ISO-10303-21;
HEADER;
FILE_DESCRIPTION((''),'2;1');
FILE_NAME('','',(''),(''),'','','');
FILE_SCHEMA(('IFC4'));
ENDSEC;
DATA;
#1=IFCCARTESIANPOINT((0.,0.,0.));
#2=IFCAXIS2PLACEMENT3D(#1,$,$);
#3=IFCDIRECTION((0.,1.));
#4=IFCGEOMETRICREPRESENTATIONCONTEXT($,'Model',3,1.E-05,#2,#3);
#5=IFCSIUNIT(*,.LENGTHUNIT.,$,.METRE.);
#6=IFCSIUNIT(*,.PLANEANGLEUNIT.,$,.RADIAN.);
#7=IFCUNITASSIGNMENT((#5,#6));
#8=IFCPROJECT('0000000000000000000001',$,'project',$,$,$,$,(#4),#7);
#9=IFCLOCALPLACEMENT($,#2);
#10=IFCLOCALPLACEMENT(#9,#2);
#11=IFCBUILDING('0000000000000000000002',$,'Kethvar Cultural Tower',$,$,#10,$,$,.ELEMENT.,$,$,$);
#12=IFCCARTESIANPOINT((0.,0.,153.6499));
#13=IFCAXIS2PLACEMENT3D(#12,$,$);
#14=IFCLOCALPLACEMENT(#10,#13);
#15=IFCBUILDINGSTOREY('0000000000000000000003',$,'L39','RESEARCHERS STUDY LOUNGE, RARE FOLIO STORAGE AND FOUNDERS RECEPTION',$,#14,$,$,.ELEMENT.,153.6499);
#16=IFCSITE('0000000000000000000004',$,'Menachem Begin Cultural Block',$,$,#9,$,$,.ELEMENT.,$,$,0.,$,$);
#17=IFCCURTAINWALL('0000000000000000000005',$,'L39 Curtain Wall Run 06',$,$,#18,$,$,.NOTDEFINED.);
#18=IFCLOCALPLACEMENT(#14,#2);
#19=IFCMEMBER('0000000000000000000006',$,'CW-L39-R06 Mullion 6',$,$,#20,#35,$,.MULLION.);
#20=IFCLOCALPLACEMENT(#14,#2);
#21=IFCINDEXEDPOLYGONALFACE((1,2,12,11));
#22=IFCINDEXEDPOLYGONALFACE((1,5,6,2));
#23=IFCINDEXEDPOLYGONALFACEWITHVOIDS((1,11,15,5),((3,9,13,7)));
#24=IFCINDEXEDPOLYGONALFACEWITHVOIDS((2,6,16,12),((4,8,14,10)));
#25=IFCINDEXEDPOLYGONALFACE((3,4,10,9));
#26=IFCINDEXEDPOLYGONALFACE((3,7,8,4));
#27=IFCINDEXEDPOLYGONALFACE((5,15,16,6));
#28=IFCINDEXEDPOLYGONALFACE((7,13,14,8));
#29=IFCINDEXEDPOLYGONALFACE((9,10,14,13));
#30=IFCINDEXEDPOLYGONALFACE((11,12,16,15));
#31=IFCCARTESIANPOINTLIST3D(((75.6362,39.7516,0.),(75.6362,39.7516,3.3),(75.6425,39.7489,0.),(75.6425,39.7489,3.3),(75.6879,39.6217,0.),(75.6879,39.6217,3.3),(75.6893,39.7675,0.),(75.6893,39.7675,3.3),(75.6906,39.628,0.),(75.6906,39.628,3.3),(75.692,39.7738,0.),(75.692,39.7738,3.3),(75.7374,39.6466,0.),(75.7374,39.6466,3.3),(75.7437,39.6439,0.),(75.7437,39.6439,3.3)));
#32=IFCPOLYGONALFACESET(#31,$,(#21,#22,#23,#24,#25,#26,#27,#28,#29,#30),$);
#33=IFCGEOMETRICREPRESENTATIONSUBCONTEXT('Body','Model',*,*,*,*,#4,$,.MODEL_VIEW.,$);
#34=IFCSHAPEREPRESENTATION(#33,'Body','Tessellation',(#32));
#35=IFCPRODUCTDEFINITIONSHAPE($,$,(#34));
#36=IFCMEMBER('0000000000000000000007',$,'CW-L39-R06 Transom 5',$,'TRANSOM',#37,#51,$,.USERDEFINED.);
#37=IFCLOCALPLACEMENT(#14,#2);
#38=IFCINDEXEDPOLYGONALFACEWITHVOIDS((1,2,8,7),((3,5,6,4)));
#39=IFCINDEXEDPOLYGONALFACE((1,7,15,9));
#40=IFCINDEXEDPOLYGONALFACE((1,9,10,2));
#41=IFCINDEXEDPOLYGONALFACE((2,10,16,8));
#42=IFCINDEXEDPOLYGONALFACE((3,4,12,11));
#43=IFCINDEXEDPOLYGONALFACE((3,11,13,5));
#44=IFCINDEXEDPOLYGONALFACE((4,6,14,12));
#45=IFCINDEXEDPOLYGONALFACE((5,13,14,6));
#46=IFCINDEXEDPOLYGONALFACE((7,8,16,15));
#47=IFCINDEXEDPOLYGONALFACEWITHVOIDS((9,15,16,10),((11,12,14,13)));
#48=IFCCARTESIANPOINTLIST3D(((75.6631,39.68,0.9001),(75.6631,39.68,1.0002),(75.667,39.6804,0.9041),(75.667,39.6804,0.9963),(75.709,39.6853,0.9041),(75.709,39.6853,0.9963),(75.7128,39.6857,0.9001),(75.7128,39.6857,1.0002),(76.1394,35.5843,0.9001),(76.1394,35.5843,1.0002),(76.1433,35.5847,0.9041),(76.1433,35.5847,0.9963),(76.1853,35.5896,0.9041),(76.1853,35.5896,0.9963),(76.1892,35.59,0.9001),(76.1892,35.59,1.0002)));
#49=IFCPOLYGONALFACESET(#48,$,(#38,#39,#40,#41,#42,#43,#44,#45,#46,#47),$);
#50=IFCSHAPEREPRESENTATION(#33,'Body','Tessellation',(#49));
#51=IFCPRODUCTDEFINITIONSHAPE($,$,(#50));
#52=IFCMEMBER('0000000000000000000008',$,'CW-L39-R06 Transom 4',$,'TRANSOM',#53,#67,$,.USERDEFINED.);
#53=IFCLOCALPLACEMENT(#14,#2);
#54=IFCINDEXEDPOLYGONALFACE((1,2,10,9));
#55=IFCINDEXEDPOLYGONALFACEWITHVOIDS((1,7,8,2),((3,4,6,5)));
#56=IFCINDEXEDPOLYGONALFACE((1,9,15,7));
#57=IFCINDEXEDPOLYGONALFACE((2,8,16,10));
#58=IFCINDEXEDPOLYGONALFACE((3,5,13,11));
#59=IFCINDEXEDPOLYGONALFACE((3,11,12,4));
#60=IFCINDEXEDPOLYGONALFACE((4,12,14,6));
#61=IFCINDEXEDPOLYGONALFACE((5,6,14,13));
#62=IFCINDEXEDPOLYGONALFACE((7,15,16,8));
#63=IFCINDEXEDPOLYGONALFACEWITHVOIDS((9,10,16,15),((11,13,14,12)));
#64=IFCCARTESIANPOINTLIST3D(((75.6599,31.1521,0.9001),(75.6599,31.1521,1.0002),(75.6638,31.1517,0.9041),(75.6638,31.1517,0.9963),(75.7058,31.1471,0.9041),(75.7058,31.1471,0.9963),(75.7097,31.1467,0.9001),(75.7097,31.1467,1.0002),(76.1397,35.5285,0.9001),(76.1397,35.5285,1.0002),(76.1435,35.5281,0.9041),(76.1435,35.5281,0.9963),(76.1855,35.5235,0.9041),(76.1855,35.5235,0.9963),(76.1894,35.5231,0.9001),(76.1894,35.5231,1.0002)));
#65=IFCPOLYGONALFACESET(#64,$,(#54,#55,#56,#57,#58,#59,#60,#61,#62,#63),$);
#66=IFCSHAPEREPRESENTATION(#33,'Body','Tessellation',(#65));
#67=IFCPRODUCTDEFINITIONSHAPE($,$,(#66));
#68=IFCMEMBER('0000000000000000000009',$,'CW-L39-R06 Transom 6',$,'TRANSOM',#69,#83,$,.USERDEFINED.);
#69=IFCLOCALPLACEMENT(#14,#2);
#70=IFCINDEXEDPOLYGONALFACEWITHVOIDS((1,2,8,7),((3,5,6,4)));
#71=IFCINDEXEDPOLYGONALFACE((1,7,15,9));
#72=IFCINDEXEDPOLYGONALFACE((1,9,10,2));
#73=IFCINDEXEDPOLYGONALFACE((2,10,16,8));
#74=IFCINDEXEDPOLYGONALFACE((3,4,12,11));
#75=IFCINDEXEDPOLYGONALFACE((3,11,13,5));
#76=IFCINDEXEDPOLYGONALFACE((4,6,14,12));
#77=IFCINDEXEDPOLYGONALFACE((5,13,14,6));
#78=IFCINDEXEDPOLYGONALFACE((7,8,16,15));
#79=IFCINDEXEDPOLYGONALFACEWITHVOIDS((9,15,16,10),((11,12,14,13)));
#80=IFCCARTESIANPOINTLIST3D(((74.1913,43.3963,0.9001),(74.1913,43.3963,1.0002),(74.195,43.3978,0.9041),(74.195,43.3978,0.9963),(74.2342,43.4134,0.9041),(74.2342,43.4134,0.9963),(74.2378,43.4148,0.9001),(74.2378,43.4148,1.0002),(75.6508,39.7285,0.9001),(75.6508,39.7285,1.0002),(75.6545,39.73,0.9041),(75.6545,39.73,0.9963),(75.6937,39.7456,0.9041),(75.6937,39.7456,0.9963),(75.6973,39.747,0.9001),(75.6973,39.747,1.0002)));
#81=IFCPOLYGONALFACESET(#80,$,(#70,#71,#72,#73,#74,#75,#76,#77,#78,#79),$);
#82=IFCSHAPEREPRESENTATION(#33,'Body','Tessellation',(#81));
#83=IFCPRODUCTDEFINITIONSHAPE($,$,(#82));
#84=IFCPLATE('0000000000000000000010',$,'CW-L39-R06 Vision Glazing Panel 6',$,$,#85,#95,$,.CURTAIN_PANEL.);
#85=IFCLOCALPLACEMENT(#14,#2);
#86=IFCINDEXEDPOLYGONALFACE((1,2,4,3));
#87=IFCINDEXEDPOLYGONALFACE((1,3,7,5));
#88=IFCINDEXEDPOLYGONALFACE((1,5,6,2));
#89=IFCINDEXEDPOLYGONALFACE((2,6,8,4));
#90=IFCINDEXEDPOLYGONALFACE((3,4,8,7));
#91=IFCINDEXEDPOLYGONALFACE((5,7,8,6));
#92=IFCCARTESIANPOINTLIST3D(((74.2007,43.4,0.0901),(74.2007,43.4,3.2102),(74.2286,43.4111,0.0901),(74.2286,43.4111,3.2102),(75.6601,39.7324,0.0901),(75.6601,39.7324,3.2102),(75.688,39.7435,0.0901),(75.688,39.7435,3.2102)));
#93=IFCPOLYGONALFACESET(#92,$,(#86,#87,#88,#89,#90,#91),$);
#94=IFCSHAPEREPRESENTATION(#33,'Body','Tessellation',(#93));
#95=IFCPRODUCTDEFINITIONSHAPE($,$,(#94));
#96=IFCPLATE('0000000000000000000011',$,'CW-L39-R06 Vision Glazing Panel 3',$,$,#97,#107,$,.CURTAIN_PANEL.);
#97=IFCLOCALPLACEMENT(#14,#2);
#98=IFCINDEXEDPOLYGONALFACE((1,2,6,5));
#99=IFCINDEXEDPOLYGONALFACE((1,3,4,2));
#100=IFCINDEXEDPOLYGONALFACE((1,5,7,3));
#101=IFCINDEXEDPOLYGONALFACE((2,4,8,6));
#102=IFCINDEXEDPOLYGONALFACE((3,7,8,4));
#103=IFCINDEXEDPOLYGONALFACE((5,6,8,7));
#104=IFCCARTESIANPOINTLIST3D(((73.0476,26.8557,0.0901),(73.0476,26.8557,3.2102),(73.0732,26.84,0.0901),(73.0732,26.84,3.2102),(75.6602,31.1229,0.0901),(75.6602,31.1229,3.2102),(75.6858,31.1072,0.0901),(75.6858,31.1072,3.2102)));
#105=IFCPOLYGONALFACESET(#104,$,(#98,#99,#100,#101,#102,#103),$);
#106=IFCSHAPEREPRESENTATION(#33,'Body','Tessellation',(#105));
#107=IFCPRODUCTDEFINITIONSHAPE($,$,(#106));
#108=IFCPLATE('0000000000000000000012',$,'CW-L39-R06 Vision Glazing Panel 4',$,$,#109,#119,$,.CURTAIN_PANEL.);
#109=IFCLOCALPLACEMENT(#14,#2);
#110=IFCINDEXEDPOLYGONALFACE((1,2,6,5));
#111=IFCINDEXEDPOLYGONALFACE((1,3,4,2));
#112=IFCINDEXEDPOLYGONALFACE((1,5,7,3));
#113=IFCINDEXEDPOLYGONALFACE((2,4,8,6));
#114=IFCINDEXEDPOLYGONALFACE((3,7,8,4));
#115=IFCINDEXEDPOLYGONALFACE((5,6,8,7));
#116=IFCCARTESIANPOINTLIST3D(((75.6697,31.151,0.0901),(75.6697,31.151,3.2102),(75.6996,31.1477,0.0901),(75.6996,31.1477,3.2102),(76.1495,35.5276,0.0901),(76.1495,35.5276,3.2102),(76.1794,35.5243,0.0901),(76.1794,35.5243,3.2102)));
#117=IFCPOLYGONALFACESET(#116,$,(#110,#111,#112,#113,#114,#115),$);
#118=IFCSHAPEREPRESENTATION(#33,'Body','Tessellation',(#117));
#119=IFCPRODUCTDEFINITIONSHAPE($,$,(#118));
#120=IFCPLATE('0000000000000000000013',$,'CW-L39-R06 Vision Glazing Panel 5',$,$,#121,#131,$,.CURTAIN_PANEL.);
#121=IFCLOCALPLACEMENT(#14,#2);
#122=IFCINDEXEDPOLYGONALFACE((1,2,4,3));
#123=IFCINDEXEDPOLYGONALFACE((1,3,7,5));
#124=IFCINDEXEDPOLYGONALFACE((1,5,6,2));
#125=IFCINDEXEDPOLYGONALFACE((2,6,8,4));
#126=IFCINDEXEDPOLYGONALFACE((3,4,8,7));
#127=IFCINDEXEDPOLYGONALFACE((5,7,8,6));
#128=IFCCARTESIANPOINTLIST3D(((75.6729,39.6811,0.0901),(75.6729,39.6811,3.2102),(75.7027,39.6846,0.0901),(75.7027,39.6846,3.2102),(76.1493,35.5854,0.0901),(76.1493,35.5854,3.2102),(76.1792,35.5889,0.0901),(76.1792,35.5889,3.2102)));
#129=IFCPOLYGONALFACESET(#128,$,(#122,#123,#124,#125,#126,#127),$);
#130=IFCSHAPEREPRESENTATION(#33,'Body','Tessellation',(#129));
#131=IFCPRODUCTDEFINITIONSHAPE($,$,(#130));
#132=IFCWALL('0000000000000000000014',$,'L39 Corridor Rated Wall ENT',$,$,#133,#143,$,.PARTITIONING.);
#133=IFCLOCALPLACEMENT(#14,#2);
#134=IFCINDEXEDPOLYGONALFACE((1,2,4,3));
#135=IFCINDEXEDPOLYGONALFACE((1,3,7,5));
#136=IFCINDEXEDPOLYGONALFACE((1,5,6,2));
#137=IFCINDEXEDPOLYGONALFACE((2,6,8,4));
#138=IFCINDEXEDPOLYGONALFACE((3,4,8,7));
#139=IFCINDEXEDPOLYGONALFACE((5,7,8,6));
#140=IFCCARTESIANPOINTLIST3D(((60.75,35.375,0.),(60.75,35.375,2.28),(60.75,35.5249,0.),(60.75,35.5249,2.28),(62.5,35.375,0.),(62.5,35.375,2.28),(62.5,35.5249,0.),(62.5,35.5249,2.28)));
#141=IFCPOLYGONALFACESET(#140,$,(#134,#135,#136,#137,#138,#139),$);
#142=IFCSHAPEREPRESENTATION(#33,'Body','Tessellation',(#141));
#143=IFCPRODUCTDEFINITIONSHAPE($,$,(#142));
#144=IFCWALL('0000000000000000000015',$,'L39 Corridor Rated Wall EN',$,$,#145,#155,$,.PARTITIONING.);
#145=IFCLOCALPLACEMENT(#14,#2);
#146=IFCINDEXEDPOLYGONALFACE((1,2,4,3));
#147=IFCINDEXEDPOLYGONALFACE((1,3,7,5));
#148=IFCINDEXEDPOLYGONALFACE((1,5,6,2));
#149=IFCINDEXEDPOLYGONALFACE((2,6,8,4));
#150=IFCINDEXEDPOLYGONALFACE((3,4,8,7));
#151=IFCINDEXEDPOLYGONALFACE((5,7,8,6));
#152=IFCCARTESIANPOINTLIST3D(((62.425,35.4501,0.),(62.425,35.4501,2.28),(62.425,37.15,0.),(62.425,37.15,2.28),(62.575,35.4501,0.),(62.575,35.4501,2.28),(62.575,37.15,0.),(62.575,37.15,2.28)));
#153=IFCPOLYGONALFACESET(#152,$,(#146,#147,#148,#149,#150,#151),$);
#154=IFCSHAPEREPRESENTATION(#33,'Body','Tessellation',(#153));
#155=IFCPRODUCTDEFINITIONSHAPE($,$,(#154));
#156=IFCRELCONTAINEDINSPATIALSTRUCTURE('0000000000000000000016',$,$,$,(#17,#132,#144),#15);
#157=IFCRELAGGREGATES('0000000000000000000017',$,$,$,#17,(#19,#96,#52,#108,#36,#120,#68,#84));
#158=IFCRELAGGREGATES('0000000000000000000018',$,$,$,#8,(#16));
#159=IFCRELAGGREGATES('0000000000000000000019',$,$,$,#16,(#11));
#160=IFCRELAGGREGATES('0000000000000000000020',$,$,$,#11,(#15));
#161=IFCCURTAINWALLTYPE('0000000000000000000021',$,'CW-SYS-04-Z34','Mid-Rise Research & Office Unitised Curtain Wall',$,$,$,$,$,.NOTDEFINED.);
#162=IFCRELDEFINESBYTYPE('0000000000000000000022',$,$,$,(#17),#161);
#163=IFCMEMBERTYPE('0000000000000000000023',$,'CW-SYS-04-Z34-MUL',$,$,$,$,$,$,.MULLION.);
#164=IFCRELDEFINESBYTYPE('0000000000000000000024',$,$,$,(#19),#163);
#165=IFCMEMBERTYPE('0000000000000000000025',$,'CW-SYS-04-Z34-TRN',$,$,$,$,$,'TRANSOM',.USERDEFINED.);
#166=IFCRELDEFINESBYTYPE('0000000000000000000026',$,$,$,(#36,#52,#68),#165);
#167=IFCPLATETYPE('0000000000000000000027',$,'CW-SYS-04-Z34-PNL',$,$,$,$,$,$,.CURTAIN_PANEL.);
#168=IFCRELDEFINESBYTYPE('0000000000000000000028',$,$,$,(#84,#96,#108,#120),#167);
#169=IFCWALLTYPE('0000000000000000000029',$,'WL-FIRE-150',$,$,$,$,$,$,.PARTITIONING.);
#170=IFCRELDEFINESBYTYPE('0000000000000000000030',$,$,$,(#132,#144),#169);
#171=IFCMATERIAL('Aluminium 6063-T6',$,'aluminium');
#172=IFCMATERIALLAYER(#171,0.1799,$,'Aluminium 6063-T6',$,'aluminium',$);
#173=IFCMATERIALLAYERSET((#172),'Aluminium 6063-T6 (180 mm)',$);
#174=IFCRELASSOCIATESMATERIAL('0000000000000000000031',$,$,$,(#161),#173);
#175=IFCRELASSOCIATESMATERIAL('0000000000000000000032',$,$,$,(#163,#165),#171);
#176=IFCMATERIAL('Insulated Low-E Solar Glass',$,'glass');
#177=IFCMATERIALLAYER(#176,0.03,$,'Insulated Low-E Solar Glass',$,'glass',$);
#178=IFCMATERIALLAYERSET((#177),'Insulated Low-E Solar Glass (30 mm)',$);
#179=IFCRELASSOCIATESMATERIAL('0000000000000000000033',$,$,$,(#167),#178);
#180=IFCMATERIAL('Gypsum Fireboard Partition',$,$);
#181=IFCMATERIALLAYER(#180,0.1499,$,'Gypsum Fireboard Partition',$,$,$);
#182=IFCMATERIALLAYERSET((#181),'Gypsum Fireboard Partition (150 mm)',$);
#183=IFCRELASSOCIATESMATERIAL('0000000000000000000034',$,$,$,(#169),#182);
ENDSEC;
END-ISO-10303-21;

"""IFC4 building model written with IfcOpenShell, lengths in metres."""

from ifc_helpers import new_model, si_unit, direction, frame, frame_2d, origin, origin_2d, place, context, subcontext, project, spatial, rectangle, hollow_rectangle, extrude, source, transform, mapped, material, layer, layer_set, material_profile, profile_set, type_object, element, aggregate, save


model = new_model("IFC4")

# Units and contexts
model_context = context("Model", 3, precision=1e-05, world=origin(), true_north=direction((0.0, 1.0)))
body_context = subcontext(model_context, "Body", "Model", "MODEL_VIEW")
ifc_project = project(units=[si_unit("LENGTHUNIT", "METRE"), si_unit("PLANEANGLEUNIT", "RADIAN")], contexts=[model_context])

# Site, building, storey
site_placement = place(None, origin())
site = spatial("IfcSite", under=ifc_project, at=site_placement, Name="Menachem Begin Cultural Block", CompositionType="ELEMENT", RefElevation=0.0)
building_placement = place(site_placement, origin())
building = spatial("IfcBuilding", under=site, at=building_placement, Name="Kethvar Cultural Tower", CompositionType="ELEMENT")
storey_placement = place(building_placement, frame((0.0, 0.0, 153.6499)))
storey = spatial("IfcBuildingStorey", under=building, at=storey_placement, Name="L39", Description="RESEARCHERS STUDY LOUNGE, RARE FOLIO STORAGE AND FOUNDERS RECEPTION", CompositionType="ELEMENT", Elevation=153.6499)

# Curtain wall, members, plates
ifc_material_1 = material(Name="Aluminium 6063-T6", Category="aluminium")
ifc_layer_1 = layer(ifc_material_1, 0.1799, Name="Aluminium 6063-T6", Category="aluminium")
ifc_layer_set_1 = layer_set([ifc_layer_1], Name="Aluminium 6063-T6 (180 mm)")
curtain_wall_type = type_object("IfcCurtainWallType", Name="CW-SYS-04-Z34", Description="Mid-Rise Research & Office Unitised Curtain Wall", PredefinedType="NOTDEFINED", material=ifc_layer_set_1)
curtain_wall_placement = place(storey_placement, origin())
curtain_wall = element("IfcCurtainWall", 1, at=curtain_wall_placement, inside=storey, type_object=curtain_wall_type, Name="L39 Curtain Wall Run 06", PredefinedType="NOTDEFINED")
ifc_material_profile_1 = material_profile(ifc_material_1, hollow_rectangle(XDim=0.0601, YDim=0.1399, WallThickness=0.0049, at=origin_2d()), Name="Aluminium 6063-T6 — RHS140x60x5")
ifc_profile_set_1 = profile_set([ifc_material_profile_1], Name="Aluminium 6063-T6 — RHS140x60x5")
member_type_1 = type_object("IfcMemberType", Name="CW-SYS-04-Z34-MUL", PredefinedType="MULLION", material=ifc_profile_set_1)
shared_shape_1 = source(origin(), body_context, "Body", "SweptSolid", [
    extrude(hollow_rectangle(XDim=0.0601, YDim=0.1399, WallThickness=0.0049, at=origin_2d()), origin(), (0.0, 0.0, 1.0), 3.3),
])
member_1_placement = place(storey_placement, frame((75.6899, 39.6978, 0.0), z_axis=(0.0, 0.0, 1.0), x_axis=(-0.929145, -0.369714, 0.0)))
member_1 = element("IfcMember", 2, at=member_1_placement, type_object=member_type_1, Name="CW-L39-R06 Mullion 6", PredefinedType="MULLION", context=body_context, shape_type="MappedRepresentation", body=[
    mapped(shared_shape_1, transform((0.0, 0.0, 0.0), scale=1.0)),
])
ifc_material_profile_2 = material_profile(ifc_material_1, hollow_rectangle(XDim=0.05, YDim=0.1001, WallThickness=0.0039, at=origin_2d()), Name="Aluminium 6063-T6 — RHS100x50x4")
ifc_profile_set_2 = profile_set([ifc_material_profile_2], Name="Aluminium 6063-T6 — RHS100x50x4")
member_type_2 = type_object("IfcMemberType", Name="CW-SYS-04-Z34-TRN", ElementType="TRANSOM", PredefinedType="USERDEFINED", material=ifc_profile_set_2)
shared_shape_2 = source(origin(), body_context, "Body", "SweptSolid", [
    extrude(hollow_rectangle(XDim=0.05, YDim=0.1001, WallThickness=0.0039, at=origin_2d()), origin(), (0.0, 0.0, 1.0), 4.1233),
])
member_2_placement = place(storey_placement, frame((76.1643, 35.5872, 0.9502), z_axis=(-0.115519, 0.993305, 0.0), x_axis=(-0.993305, -0.115519, 0.0)))
member_2 = element("IfcMember", 3, at=member_2_placement, type_object=member_type_2, Name="CW-L39-R06 Transom 5", ObjectType="TRANSOM", PredefinedType="USERDEFINED", context=body_context, shape_type="MappedRepresentation", body=[
    mapped(shared_shape_2, transform((0.0, 0.0, 0.0), scale=1.0)),
])
shared_shape_3 = source(origin(), body_context, "Body", "SweptSolid", [
    extrude(hollow_rectangle(XDim=0.05, YDim=0.1001, WallThickness=0.0039, at=origin_2d()), origin(), (0.0, 0.0, 1.0), 4.4026),
])
member_3_placement = place(storey_placement, frame((75.6848, 31.1494, 0.9502), z_axis=(0.108965, 0.994046, 0.0), x_axis=(-0.994046, 0.108965, 0.0)))
member_3 = element("IfcMember", 4, at=member_3_placement, type_object=member_type_2, Name="CW-L39-R06 Transom 4", ObjectType="TRANSOM", PredefinedType="USERDEFINED", context=body_context, shape_type="MappedRepresentation", body=[
    mapped(shared_shape_3, transform((0.0, 0.0, 0.0), scale=1.0)),
])
shared_shape_4 = source(origin(), body_context, "Body", "SweptSolid", [
    extrude(hollow_rectangle(XDim=0.05, YDim=0.1001, WallThickness=0.0039, at=origin_2d()), origin(), (0.0, 0.0, 1.0), 3.9475),
])
member_4_placement = place(storey_placement, frame((75.6741, 39.7378, 0.9502), z_axis=(-0.369727, 0.929141, 0.0), x_axis=(-0.929141, -0.369727, 0.0)))
member_4 = element("IfcMember", 5, at=member_4_placement, type_object=member_type_2, Name="CW-L39-R06 Transom 6", ObjectType="TRANSOM", PredefinedType="USERDEFINED", context=body_context, shape_type="MappedRepresentation", body=[
    mapped(shared_shape_4, transform((0.0, 0.0, 0.0), scale=1.0)),
])
ifc_material_2 = material(Name="Insulated Low-E Solar Glass", Category="glass")
ifc_layer_2 = layer(ifc_material_2, 0.03, Name="Insulated Low-E Solar Glass", Category="glass")
ifc_layer_set_2 = layer_set([ifc_layer_2], Name="Insulated Low-E Solar Glass (30 mm)")
plate_type = type_object("IfcPlateType", Name="CW-SYS-04-Z34-PNL", PredefinedType="CURTAIN_PANEL", material=ifc_layer_set_2)
shared_shape_5 = source(origin(), body_context, "Body", "SweptSolid", [
    extrude(rectangle(XDim=3.9473, YDim=0.03, at=origin_2d()), origin(), (0.0, 0.0, 1.0), 3.1201),
])
plate_1_placement = place(storey_placement, frame((74.9443, 41.5718, 0.0901), z_axis=(0.0, 0.0, 1.0), x_axis=(-0.369714, 0.929145, 0.0)))
plate_1 = element("IfcPlate", 6, at=plate_1_placement, type_object=plate_type, Name="CW-L39-R06 Vision Glazing Panel 6", PredefinedType="CURTAIN_PANEL", context=body_context, shape_type="MappedRepresentation", body=[
    mapped(shared_shape_5, transform((0.0, 0.0, 0.0), scale=1.0)),
])
shared_shape_6 = source(origin(), body_context, "Body", "SweptSolid", [
    extrude(rectangle(XDim=5.0034, YDim=0.03, at=origin_2d()), origin(), (0.0, 0.0, 1.0), 3.1201),
])
plate_2_placement = place(storey_placement, frame((74.3667, 28.9814, 0.0901), z_axis=(0.0, 0.0, 1.0), x_axis=(0.522156, 0.85285, 0.0)))
plate_2 = element("IfcPlate", 7, at=plate_2_placement, type_object=plate_type, Name="CW-L39-R06 Vision Glazing Panel 3", PredefinedType="CURTAIN_PANEL", context=body_context, shape_type="MappedRepresentation", body=[
    mapped(shared_shape_6, transform((0.0, 0.0, 0.0), scale=1.0)),
])
shared_shape_7 = source(origin(), body_context, "Body", "SweptSolid", [
    extrude(rectangle(XDim=4.4028, YDim=0.03, at=origin_2d()), origin(), (0.0, 0.0, 1.0), 3.1201),
])
plate_3_placement = place(storey_placement, frame((75.9246, 33.3376, 0.0901), z_axis=(0.0, 0.0, 1.0), x_axis=(0.108971, 0.994045, 0.0)))
plate_3 = element("IfcPlate", 8, at=plate_3_placement, type_object=plate_type, Name="CW-L39-R06 Vision Glazing Panel 4", PredefinedType="CURTAIN_PANEL", context=body_context, shape_type="MappedRepresentation", body=[
    mapped(shared_shape_7, transform((0.0, 0.0, 0.0), scale=1.0)),
])
shared_shape_8 = source(origin(), body_context, "Body", "SweptSolid", [
    extrude(rectangle(XDim=4.1233, YDim=0.03, at=origin_2d()), origin(), (0.0, 0.0, 1.0), 3.1201),
])
plate_4_placement = place(storey_placement, frame((75.926, 37.635, 0.0901), z_axis=(0.0, 0.0, 1.0), x_axis=(-0.115544, 0.993302, 0.0)))
plate_4 = element("IfcPlate", 9, at=plate_4_placement, type_object=plate_type, Name="CW-L39-R06 Vision Glazing Panel 5", PredefinedType="CURTAIN_PANEL", context=body_context, shape_type="MappedRepresentation", body=[
    mapped(shared_shape_8, transform((0.0, 0.0, 0.0), scale=1.0)),
])
aggregate(curtain_wall, [member_1, plate_2, member_3, plate_3, member_2, plate_4, member_4, plate_1])

# Walls
ifc_material_3 = material(Name="Gypsum Fireboard Partition")
ifc_layer_3 = layer(ifc_material_3, 0.1499, Name="Gypsum Fireboard Partition")
ifc_layer_set_3 = layer_set([ifc_layer_3], Name="Gypsum Fireboard Partition (150 mm)")
wall_type = type_object("IfcWallType", Name="WL-FIRE-150", PredefinedType="PARTITIONING", material=ifc_layer_set_3)
wall_1_placement = place(storey_placement, frame((60.75, 35.45, 0.0), z_axis=(0.0, 0.0, 1.0), x_axis=(1.0, 0.0, 0.0)))
element("IfcWall", 10, at=wall_1_placement, inside=storey, type_object=wall_type, Name="L39 Corridor Rated Wall ENT", PredefinedType="PARTITIONING", context=body_context, shape_type="SweptSolid", body=[
    extrude(rectangle(XDim=1.75, YDim=0.1499, at=frame_2d((0.875, 0.0))), origin(), (0.0, 0.0, 1.0), 2.28),
])
wall_2_placement = place(storey_placement, frame((62.5, 35.45, 0.0), z_axis=(0.0, 0.0, 1.0), x_axis=(0.0, 1.0, 0.0)))
element("IfcWall", 11, at=wall_2_placement, inside=storey, type_object=wall_type, Name="L39 Corridor Rated Wall EN", PredefinedType="PARTITIONING", context=body_context, shape_type="SweptSolid", body=[
    extrude(rectangle(XDim=1.7, YDim=0.1499, at=frame_2d((0.8501, 0.0))), origin(), (0.0, 0.0, 1.0), 2.28),
])

save(model, "model.ifc")
